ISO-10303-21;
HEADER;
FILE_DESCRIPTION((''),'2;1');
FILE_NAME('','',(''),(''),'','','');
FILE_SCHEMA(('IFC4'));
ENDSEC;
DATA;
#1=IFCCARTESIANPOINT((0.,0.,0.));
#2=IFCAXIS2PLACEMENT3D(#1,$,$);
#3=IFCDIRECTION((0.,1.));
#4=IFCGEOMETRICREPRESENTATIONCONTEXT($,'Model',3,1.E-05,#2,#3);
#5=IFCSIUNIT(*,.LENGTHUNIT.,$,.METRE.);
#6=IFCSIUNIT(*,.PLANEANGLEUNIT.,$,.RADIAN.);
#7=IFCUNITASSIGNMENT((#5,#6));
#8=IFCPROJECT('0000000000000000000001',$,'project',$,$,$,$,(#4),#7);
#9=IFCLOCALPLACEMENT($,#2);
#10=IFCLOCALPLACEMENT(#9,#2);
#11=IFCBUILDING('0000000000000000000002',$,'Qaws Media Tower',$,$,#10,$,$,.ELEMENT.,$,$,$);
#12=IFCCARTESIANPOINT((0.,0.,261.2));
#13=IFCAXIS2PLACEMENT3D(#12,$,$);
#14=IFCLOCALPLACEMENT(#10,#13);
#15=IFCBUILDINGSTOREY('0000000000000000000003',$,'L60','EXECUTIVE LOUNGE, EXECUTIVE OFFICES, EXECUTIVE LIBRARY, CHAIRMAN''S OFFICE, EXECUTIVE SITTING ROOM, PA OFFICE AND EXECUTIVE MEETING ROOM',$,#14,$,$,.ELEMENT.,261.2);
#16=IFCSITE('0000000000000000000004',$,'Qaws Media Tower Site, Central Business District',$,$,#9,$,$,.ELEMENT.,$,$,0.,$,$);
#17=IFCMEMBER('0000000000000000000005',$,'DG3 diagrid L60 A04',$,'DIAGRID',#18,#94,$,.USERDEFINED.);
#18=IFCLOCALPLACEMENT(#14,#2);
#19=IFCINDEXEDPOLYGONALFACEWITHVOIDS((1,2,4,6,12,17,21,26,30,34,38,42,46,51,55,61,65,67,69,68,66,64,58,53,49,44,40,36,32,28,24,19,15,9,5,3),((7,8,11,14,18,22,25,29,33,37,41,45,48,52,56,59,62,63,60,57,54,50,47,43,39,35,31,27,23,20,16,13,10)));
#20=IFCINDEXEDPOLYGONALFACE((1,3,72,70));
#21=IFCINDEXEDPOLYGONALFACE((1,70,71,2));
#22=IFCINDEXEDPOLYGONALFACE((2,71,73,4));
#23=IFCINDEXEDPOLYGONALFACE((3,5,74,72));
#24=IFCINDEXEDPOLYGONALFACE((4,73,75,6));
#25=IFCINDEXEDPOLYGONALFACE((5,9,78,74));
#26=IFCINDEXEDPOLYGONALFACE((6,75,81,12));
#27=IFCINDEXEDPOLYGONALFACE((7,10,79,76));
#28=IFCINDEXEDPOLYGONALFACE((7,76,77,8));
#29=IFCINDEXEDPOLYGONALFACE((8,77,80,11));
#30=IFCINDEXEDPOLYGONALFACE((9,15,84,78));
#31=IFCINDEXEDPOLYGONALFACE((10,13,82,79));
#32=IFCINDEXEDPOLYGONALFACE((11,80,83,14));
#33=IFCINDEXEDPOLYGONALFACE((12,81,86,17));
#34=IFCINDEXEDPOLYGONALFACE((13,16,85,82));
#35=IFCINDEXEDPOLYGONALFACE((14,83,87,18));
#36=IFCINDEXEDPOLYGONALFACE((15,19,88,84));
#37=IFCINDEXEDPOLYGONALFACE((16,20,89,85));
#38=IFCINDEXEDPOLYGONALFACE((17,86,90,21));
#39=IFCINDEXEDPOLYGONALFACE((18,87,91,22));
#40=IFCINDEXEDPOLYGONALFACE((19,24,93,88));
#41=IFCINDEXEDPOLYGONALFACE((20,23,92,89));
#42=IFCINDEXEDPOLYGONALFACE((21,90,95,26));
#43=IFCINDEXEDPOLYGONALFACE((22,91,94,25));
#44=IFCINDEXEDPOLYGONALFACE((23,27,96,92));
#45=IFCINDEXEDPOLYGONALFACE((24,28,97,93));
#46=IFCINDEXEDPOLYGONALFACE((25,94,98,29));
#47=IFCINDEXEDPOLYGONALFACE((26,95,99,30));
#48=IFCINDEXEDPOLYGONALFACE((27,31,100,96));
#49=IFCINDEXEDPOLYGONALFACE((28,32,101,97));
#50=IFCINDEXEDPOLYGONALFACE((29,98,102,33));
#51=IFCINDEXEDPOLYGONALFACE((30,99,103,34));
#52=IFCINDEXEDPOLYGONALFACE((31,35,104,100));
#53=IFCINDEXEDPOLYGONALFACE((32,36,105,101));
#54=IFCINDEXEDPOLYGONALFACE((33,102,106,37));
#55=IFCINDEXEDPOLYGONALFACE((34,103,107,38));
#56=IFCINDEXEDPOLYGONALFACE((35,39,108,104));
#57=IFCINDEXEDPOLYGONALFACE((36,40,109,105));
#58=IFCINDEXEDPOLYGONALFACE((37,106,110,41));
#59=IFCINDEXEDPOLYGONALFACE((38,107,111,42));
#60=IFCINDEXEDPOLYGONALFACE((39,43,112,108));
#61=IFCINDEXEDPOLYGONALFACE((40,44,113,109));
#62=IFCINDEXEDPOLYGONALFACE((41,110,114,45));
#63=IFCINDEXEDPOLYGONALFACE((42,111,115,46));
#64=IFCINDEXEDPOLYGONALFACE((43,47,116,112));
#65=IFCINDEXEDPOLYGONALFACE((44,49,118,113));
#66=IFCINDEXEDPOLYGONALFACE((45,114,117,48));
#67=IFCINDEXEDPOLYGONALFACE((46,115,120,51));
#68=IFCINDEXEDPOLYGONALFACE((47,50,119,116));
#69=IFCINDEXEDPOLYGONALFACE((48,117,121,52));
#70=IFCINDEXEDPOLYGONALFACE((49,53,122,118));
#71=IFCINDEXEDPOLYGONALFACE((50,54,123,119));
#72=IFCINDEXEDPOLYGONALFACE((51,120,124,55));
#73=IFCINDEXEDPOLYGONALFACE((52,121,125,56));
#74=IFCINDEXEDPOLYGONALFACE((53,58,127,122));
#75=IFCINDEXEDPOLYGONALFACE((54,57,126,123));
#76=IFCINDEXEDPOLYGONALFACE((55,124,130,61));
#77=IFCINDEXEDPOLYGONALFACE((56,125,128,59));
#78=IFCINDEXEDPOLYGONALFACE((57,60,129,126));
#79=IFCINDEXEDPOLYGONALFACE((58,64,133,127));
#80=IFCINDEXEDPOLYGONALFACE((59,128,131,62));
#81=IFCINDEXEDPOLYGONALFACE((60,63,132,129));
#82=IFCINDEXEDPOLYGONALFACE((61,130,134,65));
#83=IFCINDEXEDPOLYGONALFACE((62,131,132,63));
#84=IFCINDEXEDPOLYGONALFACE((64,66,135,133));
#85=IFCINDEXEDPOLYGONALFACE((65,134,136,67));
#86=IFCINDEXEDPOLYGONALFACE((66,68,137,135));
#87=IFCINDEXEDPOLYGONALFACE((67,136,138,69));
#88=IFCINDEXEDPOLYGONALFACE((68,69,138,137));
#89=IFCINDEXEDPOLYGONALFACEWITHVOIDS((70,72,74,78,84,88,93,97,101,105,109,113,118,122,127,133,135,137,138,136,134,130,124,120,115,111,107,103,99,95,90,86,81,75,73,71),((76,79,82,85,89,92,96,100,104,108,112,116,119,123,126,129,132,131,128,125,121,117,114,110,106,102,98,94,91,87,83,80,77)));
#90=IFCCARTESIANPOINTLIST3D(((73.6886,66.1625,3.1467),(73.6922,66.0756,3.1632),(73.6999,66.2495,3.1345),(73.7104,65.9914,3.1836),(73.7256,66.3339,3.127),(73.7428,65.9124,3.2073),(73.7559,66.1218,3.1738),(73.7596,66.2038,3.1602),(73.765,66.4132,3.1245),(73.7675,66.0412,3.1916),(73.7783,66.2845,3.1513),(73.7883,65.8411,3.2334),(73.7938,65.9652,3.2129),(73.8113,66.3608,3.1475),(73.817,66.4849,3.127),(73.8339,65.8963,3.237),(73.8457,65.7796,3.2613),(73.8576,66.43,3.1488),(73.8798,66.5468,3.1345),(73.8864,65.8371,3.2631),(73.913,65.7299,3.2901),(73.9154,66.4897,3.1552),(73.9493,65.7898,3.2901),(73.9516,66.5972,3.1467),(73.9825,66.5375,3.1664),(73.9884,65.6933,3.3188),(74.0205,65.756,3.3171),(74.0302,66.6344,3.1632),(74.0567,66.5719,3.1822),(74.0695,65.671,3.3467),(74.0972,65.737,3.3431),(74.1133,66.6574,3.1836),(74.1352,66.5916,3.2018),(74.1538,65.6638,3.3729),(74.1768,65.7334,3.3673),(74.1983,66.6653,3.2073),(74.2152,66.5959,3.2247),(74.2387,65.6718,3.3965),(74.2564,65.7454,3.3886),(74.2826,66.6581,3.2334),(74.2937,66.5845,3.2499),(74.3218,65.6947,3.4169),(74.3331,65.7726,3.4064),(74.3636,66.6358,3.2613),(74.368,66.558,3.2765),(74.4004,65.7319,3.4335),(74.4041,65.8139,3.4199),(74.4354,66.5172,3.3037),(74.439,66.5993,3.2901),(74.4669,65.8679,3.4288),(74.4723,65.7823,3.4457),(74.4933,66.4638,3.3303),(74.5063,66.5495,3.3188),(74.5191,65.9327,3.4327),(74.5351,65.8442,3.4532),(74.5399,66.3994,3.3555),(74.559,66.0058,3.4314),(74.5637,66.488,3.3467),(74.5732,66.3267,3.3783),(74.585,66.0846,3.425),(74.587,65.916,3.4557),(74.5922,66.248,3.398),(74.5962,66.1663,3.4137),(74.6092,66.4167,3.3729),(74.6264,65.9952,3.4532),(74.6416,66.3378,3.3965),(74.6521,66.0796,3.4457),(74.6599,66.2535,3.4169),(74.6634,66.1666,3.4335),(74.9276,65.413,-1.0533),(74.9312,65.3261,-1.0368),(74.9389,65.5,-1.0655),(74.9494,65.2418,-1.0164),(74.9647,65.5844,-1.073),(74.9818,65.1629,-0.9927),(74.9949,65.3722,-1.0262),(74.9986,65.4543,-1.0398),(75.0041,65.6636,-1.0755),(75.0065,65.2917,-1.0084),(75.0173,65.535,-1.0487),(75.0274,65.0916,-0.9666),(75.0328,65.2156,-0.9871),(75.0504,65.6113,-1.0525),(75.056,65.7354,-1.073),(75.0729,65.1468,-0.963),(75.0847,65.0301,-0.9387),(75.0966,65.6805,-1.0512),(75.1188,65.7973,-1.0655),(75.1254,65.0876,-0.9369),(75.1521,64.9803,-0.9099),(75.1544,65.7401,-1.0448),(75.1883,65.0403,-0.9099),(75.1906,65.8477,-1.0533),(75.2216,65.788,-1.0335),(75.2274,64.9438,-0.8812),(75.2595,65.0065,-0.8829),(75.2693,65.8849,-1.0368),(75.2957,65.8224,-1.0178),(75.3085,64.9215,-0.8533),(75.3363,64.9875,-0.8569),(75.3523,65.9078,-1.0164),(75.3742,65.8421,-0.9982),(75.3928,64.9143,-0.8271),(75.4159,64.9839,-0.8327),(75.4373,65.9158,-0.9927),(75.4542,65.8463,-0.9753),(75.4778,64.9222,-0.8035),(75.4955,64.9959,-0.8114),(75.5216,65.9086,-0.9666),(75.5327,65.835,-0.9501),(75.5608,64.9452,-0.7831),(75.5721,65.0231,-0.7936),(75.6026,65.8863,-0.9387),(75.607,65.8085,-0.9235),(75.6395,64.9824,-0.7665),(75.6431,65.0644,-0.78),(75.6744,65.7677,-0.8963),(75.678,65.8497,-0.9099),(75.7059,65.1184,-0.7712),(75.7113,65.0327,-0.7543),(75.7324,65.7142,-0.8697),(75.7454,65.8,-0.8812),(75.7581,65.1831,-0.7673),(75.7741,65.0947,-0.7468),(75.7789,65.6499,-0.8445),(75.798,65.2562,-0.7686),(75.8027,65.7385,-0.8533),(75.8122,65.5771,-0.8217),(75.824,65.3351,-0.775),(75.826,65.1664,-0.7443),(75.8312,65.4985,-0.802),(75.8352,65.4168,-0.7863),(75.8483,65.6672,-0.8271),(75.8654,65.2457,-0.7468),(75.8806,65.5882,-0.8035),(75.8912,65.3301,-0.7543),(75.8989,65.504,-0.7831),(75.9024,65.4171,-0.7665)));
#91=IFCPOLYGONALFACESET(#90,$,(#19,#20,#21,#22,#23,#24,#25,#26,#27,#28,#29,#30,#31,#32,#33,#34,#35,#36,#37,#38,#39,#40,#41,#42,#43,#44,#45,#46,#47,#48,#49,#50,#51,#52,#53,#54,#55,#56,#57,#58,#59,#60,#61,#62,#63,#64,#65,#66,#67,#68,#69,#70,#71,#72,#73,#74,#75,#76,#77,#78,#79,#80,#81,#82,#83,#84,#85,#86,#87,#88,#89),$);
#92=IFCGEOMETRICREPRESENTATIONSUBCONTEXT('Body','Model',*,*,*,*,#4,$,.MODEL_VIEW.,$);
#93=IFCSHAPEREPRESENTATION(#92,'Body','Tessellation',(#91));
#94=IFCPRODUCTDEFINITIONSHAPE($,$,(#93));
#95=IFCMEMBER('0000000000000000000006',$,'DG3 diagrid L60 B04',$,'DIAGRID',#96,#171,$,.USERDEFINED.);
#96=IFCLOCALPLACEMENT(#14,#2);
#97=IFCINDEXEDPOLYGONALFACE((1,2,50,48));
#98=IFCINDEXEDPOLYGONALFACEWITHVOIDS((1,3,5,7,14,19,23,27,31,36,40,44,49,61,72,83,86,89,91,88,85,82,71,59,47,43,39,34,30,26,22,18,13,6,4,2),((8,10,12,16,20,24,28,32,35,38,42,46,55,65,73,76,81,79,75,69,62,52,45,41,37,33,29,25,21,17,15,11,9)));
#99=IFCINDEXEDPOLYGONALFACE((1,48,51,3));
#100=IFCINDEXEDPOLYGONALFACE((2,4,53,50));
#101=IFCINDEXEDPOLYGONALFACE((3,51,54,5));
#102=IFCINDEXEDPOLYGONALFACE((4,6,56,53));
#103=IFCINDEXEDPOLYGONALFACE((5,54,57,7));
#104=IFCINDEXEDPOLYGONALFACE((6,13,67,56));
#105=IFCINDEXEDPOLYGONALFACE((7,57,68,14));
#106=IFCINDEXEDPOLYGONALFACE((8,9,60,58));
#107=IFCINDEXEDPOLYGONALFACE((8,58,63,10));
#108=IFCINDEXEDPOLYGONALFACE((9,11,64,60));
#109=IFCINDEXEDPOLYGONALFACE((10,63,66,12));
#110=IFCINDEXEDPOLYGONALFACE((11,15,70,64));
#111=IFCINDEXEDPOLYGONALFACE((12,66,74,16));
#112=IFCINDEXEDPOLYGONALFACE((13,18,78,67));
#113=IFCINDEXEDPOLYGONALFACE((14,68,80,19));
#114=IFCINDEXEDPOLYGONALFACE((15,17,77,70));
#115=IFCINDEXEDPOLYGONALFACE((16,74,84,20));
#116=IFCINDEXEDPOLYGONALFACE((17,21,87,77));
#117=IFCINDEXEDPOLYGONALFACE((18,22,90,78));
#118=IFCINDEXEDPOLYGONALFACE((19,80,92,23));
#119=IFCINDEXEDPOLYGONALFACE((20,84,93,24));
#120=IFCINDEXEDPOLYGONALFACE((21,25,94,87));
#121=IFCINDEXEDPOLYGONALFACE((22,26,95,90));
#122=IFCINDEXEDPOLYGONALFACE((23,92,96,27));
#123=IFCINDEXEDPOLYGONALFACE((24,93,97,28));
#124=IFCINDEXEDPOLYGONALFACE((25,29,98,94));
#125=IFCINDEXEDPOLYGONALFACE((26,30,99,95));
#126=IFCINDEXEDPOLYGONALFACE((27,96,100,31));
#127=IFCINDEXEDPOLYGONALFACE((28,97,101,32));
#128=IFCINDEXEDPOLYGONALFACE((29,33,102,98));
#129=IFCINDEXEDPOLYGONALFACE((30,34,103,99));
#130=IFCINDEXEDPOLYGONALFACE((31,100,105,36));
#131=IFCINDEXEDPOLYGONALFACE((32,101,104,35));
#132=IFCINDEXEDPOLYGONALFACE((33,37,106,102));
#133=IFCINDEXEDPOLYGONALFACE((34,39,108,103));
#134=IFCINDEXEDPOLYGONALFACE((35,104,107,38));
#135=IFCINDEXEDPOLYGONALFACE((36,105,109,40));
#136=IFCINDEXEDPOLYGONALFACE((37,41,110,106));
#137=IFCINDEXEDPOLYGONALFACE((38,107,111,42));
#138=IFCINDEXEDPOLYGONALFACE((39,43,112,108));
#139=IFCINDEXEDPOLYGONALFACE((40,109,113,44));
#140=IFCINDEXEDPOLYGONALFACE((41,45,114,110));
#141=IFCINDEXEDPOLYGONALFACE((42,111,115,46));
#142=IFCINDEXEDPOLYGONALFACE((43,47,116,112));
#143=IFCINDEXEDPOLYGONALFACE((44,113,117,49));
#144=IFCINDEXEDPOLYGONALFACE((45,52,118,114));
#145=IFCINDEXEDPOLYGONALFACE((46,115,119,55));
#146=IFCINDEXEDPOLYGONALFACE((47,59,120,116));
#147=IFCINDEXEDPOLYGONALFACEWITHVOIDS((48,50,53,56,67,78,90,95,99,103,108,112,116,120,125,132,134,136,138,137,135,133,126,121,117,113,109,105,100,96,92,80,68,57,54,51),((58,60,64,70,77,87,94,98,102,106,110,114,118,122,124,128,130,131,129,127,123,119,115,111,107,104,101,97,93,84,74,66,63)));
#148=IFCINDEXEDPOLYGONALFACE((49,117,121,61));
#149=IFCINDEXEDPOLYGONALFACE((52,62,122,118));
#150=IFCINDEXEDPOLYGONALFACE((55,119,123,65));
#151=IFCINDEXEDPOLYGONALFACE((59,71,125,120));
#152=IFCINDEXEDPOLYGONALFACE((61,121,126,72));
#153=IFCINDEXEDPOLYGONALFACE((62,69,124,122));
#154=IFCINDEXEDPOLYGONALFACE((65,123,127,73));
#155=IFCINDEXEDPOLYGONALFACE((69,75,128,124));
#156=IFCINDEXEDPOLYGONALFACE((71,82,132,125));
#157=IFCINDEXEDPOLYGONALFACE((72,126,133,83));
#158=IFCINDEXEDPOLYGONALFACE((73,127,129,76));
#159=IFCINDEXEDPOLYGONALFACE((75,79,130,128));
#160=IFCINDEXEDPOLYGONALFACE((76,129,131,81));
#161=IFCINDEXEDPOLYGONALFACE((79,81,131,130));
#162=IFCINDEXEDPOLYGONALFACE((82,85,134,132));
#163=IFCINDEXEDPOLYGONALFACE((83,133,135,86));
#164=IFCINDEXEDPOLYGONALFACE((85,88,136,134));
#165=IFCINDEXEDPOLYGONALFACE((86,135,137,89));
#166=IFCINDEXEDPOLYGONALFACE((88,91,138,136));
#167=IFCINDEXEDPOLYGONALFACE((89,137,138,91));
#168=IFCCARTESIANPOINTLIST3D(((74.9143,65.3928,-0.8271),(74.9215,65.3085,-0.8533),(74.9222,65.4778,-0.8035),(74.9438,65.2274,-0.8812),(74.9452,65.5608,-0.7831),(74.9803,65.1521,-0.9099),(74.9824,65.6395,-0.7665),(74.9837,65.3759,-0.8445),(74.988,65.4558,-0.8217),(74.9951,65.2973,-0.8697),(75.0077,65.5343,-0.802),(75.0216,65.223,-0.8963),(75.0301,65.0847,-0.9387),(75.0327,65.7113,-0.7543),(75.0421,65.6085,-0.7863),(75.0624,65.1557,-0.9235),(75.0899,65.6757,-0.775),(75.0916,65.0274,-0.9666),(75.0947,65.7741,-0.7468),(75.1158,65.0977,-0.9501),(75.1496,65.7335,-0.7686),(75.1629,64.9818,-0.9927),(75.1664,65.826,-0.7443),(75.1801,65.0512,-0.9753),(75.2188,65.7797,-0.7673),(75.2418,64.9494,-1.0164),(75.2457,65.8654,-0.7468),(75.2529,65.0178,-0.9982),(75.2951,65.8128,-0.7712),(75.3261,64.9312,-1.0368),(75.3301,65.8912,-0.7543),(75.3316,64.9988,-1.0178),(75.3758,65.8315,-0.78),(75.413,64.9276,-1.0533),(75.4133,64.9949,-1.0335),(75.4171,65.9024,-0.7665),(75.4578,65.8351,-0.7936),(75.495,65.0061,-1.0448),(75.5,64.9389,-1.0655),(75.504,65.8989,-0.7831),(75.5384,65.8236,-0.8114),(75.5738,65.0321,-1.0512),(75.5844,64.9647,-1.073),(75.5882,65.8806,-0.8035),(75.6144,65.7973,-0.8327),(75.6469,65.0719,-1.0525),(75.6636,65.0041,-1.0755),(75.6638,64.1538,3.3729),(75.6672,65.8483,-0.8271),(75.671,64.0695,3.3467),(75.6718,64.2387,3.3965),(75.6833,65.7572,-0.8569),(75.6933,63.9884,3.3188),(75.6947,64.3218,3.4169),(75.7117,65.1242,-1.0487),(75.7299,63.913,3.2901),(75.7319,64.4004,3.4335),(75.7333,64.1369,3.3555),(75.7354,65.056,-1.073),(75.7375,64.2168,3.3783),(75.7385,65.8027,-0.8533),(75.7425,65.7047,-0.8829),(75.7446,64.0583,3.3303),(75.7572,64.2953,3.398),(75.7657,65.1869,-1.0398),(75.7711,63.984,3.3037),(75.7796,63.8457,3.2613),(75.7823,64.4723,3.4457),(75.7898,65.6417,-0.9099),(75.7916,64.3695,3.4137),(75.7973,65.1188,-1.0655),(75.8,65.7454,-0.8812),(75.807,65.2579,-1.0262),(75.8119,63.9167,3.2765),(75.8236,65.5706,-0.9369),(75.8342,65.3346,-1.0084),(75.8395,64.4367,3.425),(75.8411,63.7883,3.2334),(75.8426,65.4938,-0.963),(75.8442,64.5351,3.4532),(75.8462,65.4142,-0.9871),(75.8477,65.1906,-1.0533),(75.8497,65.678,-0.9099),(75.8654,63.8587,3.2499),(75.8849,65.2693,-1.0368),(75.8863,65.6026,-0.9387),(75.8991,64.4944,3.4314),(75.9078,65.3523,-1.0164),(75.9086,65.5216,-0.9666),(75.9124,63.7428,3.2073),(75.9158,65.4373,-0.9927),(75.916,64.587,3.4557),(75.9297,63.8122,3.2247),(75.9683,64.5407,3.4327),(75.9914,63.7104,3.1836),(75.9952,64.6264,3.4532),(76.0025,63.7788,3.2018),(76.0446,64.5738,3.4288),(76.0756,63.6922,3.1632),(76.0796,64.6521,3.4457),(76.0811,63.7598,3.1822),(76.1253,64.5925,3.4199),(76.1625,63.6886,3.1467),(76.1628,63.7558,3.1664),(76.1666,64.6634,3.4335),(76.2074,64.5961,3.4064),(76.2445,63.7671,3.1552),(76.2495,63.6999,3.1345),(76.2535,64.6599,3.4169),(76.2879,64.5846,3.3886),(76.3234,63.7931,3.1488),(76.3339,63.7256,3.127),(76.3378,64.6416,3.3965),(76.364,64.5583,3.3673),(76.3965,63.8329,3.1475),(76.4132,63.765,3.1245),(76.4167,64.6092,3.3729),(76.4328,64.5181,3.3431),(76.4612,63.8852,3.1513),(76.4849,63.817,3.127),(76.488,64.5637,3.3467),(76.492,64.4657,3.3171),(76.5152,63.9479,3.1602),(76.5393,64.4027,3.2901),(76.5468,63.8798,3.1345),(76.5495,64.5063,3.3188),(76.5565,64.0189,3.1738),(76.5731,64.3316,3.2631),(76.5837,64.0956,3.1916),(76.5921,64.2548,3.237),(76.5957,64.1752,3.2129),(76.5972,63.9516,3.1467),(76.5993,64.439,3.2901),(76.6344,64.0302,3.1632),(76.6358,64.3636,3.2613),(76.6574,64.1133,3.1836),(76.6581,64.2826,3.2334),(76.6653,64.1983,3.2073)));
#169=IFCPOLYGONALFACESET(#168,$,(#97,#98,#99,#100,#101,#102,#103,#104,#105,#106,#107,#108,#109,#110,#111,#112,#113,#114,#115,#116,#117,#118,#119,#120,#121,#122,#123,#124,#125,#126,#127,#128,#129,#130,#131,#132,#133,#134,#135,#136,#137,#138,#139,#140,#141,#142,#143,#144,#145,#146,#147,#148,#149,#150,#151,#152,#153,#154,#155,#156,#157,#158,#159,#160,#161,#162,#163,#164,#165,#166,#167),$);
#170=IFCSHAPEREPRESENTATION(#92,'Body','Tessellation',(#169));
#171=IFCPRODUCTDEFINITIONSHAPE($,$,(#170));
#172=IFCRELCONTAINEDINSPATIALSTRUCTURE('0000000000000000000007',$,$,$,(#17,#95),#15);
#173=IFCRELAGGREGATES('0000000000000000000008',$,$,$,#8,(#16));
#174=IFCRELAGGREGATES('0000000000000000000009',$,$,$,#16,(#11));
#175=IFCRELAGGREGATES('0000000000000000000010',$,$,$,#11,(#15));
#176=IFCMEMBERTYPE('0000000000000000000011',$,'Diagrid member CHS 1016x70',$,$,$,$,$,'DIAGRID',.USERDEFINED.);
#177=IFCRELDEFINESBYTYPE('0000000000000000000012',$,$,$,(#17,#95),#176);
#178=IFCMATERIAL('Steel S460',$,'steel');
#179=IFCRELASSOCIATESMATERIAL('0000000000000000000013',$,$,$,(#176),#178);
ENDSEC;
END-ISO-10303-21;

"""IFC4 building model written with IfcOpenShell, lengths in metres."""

from ifc_helpers import new_model, si_unit, direction, frame, origin, origin_2d, place, context, subcontext, project, spatial, hollow_circle, extrude, material, material_profile, profile_set, type_object, element, save


model = new_model("IFC4")

# Units and contexts
model_context = context("Model", 3, precision=1e-05, world=origin(), true_north=direction((0.0, 1.0)))
body_context = subcontext(model_context, "Body", "Model", "MODEL_VIEW")
ifc_project = project(units=[si_unit("LENGTHUNIT", "METRE"), si_unit("PLANEANGLEUNIT", "RADIAN")], contexts=[model_context])

# Site, building, storey
site_placement = place(None, origin())
site = spatial("IfcSite", under=ifc_project, at=site_placement, Name="Qaws Media Tower Site, Central Business District", CompositionType="ELEMENT", RefElevation=0.0)
building_placement = place(site_placement, origin())
building = spatial("IfcBuilding", under=site, at=building_placement, Name="Qaws Media Tower", CompositionType="ELEMENT")
storey_placement = place(building_placement, frame((0.0, 0.0, 261.2)))
storey = spatial("IfcBuildingStorey", under=building, at=storey_placement, Name="L60", Description="EXECUTIVE LOUNGE, EXECUTIVE OFFICES, EXECUTIVE LIBRARY, CHAIRMAN'S OFFICE, EXECUTIVE SITTING ROOM, PA OFFICE AND EXECUTIVE MEETING ROOM", CompositionType="ELEMENT", Elevation=261.2)

# Members
ifc_material_1 = material(Name="Steel S460", Category="steel")
ifc_material_profile_1 = material_profile(ifc_material_1, hollow_circle(Radius=0.5081, WallThickness=0.0701, at=origin_2d()), Name="CHS 1016x70")
ifc_profile_set_1 = profile_set([ifc_material_profile_1], Name="Steel S460")
member_type_1 = type_object("IfcMemberType", Name="Diagrid member CHS 1016x70", ElementType="DIAGRID", PredefinedType="USERDEFINED", material=ifc_profile_set_1)
for number, where, z_axis, x_axis, name in (
    (1, (75.415, 65.415, -0.9099), (-0.278895, 0.168711, 0.945386), (-0.517592, -0.855628, 0.0), "DG3 diagrid L60 A04"),
    (2, (75.415, 65.415, -0.9099), (0.168711, -0.278895, 0.945386), (0.855628, 0.517592, 0.0), "DG3 diagrid L60 B04"),
):
    element("IfcMember", number, at=place(storey_placement, frame(where, z_axis=z_axis, x_axis=x_axis)), inside=storey, type_object=member_type_1, Name=name, ObjectType="DIAGRID", PredefinedType="USERDEFINED", context=body_context, shape_type="SweptSolid", body=[
        extrude(hollow_circle(Radius=0.5081, WallThickness=0.0701, at=origin_2d()), origin(), (0.0, 0.0, 1.0), 4.4426),
    ])

save(model, "model.ifc")
